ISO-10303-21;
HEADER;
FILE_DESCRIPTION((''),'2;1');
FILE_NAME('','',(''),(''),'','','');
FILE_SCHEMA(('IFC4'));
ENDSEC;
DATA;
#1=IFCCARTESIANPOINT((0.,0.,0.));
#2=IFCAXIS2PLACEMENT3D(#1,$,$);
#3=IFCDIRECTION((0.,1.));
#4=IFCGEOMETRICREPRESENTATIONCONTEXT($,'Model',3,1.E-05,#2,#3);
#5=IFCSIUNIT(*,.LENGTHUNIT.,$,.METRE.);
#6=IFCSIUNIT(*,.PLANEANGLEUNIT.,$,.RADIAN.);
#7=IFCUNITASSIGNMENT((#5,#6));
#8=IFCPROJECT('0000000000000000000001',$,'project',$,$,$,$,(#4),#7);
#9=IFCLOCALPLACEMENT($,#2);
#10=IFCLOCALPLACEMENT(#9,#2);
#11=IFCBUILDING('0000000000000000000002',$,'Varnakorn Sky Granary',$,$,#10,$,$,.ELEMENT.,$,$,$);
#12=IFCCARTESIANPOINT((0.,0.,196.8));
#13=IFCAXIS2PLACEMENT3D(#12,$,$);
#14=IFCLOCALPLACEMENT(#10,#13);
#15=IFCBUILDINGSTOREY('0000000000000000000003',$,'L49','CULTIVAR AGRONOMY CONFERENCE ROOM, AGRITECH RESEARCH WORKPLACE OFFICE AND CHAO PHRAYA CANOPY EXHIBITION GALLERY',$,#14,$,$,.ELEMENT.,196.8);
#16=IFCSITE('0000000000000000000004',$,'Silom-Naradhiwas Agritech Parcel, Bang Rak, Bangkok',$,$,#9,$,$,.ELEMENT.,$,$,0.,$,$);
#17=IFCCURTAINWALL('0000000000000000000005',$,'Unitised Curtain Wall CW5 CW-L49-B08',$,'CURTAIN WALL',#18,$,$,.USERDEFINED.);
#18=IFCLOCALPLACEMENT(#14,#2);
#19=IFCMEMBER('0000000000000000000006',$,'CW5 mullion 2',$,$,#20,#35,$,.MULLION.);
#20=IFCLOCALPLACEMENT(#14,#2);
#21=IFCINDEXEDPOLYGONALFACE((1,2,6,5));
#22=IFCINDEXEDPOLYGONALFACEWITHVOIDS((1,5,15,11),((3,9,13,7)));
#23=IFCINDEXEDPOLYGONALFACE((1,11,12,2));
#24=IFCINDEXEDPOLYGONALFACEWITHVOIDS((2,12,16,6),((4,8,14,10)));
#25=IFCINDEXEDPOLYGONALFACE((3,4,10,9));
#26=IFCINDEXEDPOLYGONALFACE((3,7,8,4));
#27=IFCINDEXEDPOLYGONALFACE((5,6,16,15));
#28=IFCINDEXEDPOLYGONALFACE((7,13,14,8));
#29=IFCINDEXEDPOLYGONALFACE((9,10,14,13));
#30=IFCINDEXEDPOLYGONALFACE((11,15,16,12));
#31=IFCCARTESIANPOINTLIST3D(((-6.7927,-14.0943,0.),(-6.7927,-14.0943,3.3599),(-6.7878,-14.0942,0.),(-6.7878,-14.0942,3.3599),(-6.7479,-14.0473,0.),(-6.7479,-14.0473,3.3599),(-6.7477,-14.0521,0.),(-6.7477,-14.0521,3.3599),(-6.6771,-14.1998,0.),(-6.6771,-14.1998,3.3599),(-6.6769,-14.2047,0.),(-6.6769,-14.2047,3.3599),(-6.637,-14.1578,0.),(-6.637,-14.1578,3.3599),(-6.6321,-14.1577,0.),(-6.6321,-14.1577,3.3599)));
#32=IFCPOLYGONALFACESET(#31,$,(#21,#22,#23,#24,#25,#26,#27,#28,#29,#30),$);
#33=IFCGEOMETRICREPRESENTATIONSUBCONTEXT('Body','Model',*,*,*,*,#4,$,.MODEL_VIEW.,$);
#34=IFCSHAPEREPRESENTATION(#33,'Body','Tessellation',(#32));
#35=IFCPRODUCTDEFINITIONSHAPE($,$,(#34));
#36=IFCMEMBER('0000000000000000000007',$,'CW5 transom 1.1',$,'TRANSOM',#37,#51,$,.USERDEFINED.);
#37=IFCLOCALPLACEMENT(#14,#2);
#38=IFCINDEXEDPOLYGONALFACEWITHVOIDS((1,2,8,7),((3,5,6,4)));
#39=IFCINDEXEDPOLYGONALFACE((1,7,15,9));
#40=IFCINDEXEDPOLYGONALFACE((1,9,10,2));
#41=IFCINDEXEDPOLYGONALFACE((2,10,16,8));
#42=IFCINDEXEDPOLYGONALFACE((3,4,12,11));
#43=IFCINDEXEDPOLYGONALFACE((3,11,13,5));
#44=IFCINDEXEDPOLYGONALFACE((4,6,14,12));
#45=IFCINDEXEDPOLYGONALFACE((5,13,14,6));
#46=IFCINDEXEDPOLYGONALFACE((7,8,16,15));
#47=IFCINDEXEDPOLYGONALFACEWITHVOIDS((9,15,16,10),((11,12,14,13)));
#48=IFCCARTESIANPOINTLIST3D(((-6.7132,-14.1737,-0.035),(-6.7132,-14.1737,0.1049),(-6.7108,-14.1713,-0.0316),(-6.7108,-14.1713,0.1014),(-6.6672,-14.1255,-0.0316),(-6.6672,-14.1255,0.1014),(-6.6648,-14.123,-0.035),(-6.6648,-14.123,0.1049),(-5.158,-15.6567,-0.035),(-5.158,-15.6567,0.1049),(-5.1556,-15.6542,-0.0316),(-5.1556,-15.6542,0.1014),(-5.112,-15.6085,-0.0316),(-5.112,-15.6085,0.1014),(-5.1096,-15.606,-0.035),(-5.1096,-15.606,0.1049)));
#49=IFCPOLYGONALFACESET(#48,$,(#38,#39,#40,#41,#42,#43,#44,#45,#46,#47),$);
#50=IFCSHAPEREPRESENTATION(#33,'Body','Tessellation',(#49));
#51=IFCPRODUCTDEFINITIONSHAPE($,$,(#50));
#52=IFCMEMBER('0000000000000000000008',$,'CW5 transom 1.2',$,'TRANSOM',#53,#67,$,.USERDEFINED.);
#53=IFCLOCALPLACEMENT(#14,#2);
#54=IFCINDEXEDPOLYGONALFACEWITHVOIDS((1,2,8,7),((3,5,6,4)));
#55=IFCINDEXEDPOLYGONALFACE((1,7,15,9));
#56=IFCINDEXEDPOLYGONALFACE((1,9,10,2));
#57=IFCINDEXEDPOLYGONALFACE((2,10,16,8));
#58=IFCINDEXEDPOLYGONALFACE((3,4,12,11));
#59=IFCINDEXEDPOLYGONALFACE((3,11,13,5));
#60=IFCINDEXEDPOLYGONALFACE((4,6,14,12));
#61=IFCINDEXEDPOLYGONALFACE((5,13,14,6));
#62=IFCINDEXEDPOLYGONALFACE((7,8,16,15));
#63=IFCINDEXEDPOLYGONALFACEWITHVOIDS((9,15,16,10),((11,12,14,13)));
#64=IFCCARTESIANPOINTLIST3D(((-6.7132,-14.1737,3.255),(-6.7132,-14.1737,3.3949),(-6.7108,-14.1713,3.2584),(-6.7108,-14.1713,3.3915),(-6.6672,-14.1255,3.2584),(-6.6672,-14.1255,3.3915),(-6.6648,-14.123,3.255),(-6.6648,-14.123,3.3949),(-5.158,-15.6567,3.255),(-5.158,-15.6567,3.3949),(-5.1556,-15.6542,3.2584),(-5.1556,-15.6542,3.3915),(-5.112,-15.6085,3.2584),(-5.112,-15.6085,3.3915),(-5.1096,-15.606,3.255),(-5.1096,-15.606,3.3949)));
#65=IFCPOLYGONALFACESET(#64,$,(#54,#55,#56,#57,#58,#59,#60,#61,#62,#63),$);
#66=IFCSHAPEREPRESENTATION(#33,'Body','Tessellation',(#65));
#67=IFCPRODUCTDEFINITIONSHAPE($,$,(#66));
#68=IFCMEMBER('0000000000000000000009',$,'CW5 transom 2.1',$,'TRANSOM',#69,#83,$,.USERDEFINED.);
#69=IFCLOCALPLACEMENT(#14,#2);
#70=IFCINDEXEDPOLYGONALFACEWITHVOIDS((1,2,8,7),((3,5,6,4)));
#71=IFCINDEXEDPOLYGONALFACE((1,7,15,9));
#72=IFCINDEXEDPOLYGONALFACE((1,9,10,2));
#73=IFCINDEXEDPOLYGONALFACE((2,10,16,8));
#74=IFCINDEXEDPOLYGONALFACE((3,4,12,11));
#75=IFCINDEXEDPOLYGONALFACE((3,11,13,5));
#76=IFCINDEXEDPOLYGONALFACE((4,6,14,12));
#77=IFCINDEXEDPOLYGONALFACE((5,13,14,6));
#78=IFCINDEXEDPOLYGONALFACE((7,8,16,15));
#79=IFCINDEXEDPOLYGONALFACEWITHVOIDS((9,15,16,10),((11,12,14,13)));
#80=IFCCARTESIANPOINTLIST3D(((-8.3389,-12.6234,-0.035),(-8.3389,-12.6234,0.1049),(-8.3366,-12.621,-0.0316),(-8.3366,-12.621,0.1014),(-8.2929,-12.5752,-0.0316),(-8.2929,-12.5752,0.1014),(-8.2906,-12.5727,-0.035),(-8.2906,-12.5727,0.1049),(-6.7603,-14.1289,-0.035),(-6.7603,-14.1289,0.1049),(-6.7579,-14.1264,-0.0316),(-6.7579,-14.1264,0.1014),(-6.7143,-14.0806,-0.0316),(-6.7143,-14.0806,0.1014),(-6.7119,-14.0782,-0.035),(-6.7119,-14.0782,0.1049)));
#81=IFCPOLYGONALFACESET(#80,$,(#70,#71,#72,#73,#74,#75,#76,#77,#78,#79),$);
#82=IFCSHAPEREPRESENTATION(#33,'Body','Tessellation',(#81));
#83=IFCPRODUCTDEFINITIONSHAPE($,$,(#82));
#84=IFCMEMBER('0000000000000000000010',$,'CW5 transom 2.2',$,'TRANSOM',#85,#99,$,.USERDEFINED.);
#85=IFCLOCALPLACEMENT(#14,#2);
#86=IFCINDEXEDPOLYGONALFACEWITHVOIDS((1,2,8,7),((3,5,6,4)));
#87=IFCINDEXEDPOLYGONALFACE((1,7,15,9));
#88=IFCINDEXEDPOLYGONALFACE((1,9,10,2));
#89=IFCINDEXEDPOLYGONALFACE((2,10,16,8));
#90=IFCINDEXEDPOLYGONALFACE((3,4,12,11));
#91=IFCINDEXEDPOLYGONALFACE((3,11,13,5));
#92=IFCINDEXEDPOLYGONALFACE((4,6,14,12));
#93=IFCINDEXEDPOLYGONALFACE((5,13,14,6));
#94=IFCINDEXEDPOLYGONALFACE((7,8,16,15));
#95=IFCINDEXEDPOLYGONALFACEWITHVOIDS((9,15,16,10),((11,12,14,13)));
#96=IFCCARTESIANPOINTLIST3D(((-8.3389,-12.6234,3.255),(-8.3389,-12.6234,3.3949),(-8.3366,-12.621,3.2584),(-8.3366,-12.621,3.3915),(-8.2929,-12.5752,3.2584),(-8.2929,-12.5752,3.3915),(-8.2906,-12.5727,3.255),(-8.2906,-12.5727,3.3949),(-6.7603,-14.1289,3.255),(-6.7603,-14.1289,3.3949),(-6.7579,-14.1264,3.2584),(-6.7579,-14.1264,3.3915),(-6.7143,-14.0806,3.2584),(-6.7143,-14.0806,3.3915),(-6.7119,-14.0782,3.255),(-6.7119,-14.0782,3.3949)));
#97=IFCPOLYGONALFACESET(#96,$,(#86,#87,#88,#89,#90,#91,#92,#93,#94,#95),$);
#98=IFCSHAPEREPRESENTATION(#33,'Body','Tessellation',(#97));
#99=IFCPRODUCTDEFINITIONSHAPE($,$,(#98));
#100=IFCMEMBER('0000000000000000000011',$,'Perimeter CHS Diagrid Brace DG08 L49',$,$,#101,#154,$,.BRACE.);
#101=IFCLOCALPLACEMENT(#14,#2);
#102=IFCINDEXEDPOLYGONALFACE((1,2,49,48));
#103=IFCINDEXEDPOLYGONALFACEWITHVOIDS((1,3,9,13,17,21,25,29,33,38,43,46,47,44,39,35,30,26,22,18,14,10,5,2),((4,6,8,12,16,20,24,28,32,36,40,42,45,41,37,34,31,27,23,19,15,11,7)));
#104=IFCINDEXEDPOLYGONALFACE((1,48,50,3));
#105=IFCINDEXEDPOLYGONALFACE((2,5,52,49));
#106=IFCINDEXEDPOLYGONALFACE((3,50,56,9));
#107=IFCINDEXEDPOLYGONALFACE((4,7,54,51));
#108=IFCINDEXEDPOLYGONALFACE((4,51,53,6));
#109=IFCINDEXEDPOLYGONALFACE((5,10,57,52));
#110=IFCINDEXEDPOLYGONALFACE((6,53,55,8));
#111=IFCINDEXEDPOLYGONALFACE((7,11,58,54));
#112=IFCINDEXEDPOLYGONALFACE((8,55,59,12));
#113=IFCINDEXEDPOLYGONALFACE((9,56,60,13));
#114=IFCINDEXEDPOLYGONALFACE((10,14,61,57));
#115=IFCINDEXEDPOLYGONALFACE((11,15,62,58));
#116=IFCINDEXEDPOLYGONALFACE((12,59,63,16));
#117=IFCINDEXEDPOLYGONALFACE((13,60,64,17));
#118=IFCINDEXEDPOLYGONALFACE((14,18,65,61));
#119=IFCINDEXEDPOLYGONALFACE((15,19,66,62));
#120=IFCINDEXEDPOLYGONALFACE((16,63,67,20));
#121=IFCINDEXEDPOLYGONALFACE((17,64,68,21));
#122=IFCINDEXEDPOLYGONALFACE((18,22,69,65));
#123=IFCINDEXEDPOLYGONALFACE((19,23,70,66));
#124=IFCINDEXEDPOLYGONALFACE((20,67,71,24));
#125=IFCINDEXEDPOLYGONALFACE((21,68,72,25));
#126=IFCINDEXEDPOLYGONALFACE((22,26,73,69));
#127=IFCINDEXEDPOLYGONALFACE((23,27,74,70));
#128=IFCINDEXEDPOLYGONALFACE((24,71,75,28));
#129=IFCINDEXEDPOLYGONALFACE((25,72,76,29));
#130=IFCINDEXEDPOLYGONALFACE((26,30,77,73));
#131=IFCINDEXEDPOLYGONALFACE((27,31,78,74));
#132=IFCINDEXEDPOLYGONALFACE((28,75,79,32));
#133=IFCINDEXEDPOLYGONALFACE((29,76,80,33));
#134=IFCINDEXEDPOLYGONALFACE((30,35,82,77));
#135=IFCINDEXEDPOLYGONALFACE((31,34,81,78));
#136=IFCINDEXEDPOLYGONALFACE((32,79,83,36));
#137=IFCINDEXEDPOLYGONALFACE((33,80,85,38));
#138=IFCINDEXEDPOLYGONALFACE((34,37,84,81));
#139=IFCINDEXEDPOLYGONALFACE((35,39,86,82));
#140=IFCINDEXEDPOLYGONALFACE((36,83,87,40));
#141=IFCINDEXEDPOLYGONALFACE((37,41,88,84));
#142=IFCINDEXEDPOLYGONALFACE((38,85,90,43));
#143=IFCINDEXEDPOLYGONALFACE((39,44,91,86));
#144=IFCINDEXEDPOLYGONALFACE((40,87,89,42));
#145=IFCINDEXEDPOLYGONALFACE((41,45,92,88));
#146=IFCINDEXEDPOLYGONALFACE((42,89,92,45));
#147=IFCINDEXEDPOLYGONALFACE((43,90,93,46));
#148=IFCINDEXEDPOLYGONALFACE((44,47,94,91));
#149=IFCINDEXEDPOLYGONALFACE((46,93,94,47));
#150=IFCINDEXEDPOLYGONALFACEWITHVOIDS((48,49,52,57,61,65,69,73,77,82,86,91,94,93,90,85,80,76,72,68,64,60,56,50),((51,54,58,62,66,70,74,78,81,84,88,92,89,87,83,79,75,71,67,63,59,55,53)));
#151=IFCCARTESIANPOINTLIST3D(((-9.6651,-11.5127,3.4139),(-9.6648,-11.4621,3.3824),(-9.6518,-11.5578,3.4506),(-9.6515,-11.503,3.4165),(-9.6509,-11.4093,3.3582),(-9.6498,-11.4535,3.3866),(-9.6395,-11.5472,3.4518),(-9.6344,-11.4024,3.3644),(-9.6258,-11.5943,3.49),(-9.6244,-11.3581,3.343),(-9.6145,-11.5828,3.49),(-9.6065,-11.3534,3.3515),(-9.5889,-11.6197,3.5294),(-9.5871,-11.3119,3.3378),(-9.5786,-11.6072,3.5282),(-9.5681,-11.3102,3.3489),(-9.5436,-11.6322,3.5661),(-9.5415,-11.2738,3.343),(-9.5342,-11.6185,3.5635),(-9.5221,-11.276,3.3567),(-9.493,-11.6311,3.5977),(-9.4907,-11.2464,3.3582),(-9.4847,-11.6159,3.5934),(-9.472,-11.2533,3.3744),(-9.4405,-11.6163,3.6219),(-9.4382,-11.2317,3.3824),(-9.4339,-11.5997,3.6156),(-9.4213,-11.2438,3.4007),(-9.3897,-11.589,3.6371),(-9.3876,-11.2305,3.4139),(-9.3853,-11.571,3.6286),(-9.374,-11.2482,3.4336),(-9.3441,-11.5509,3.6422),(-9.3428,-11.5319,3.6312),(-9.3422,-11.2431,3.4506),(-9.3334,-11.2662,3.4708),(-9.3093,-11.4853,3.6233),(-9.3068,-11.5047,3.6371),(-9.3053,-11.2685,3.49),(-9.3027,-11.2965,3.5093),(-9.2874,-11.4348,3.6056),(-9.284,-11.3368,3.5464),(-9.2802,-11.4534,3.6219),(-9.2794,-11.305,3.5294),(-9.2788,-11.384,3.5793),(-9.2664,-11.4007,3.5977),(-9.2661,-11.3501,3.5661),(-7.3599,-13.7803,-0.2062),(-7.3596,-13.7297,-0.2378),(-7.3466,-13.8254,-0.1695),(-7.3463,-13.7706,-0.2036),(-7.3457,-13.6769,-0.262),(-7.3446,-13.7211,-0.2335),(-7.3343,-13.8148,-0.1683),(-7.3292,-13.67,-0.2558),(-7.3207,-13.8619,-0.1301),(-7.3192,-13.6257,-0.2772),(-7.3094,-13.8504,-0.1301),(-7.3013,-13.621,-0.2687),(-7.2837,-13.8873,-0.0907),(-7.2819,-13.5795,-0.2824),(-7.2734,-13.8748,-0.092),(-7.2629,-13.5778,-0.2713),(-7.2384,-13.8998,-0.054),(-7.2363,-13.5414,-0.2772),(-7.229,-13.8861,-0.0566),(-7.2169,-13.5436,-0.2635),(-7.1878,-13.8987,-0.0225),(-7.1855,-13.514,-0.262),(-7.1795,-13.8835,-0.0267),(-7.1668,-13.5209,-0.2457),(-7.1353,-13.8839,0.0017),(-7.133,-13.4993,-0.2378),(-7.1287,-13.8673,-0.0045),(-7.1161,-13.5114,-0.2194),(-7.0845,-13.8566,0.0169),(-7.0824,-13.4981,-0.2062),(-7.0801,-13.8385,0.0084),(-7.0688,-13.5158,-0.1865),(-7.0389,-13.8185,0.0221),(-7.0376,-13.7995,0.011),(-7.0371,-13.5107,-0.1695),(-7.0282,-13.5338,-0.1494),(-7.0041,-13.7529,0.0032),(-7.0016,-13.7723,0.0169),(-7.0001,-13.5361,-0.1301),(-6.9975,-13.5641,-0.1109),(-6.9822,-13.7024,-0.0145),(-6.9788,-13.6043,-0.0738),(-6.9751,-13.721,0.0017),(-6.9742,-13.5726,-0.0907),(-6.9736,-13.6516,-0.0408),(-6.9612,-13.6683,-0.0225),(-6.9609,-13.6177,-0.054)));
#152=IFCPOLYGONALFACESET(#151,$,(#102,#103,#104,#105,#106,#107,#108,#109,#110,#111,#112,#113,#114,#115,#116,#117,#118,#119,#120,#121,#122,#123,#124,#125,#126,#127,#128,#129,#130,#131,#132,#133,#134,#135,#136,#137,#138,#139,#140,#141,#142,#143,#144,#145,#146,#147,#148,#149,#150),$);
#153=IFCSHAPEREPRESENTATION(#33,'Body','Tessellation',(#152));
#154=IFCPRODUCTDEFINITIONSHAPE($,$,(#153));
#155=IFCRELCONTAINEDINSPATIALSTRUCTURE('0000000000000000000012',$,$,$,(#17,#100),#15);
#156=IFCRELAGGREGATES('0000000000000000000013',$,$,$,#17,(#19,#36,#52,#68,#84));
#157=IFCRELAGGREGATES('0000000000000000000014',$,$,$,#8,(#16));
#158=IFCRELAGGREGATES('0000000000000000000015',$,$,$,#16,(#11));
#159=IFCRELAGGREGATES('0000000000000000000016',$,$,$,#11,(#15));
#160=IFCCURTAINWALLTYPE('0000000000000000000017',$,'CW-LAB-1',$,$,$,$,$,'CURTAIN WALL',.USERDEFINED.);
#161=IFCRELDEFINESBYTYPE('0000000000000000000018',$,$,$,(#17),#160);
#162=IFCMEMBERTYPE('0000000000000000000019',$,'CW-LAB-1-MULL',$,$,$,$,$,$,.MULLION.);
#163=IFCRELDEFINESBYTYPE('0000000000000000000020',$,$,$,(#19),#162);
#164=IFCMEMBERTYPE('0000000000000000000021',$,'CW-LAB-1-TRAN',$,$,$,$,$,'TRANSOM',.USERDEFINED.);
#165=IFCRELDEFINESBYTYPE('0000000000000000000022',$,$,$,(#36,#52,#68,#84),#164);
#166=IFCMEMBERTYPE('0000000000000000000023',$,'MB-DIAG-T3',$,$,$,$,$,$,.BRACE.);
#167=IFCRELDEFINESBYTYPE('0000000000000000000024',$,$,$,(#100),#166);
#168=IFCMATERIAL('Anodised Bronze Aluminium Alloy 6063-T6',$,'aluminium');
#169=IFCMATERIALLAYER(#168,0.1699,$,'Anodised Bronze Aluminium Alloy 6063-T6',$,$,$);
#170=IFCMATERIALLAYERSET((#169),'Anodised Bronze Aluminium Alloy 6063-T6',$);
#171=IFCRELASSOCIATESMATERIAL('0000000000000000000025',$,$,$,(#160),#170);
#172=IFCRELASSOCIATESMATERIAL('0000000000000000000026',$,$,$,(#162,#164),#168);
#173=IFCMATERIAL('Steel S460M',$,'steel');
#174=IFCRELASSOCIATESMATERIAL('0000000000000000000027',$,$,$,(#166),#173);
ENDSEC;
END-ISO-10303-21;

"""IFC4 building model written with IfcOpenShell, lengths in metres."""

from ifc_helpers import new_model, si_unit, direction, frame, origin, origin_2d, place, context, subcontext, project, spatial, hollow_rectangle, hollow_circle, extrude, material, layer, layer_set, material_profile, profile_set, type_object, element, aggregate, save


model = new_model("IFC4")

# Units and contexts
model_context = context("Model", 3, precision=1e-05, world=origin(), true_north=direction((0.0, 1.0)))
body_context = subcontext(model_context, "Body", "Model", "MODEL_VIEW")
ifc_project = project(units=[si_unit("LENGTHUNIT", "METRE"), si_unit("PLANEANGLEUNIT", "RADIAN")], contexts=[model_context])

# Site, building, storey
site_placement = place(None, origin())
site = spatial("IfcSite", under=ifc_project, at=site_placement, Name="Silom-Naradhiwas Agritech Parcel, Bang Rak, Bangkok", CompositionType="ELEMENT", RefElevation=0.0)
building_placement = place(site_placement, origin())
building = spatial("IfcBuilding", under=site, at=building_placement, Name="Varnakorn Sky Granary", CompositionType="ELEMENT")
storey_placement = place(building_placement, frame((0.0, 0.0, 196.8)))
storey = spatial("IfcBuildingStorey", under=building, at=storey_placement, Name="L49", Description="CULTIVAR AGRONOMY CONFERENCE ROOM, AGRITECH RESEARCH WORKPLACE OFFICE AND CHAO PHRAYA CANOPY EXHIBITION GALLERY", CompositionType="ELEMENT", Elevation=196.8)

# Shared definitions
ifc_material_1 = material(Name="Steel S460M", Category="steel")

# Curtain wall, members
ifc_material_2 = material(Name="Anodised Bronze Aluminium Alloy 6063-T6", Category="aluminium")
ifc_layer_1 = layer(ifc_material_2, 0.1699, Name="Anodised Bronze Aluminium Alloy 6063-T6")
ifc_layer_set_1 = layer_set([ifc_layer_1], Name="Anodised Bronze Aluminium Alloy 6063-T6")
curtain_wall_type = type_object("IfcCurtainWallType", Name="CW-LAB-1", ElementType="CURTAIN WALL", PredefinedType="USERDEFINED", material=ifc_layer_set_1)
curtain_wall_placement = place(storey_placement, origin())
curtain_wall = element("IfcCurtainWall", 1, at=curtain_wall_placement, inside=storey, type_object=curtain_wall_type, Name="Unitised Curtain Wall CW5 CW-L49-B08", ObjectType="CURTAIN WALL", PredefinedType="USERDEFINED")
ifc_material_profile_1 = material_profile(ifc_material_2, hollow_rectangle(XDim=0.0649, YDim=0.1599, WallThickness=0.0034, at=origin_2d()), Name="ALU MULL 65x160")
ifc_profile_set_1 = profile_set([ifc_material_profile_1], Name="Anodised Bronze Aluminium Alloy 6063-T6")
member_type_1 = type_object("IfcMemberType", Name="CW-LAB-1-MULL", PredefinedType="MULLION", material=ifc_profile_set_1)
member_1_placement = place(storey_placement, frame((-6.7124, -14.126, 0.0), z_axis=(0.0, 0.0, 1.0), x_axis=(-0.690097, -0.723717, 0.0)))
member_1 = element("IfcMember", 2, at=member_1_placement, type_object=member_type_1, Name="CW5 mullion 2", PredefinedType="MULLION", context=body_context, shape_type="SweptSolid", body=[
    extrude(hollow_rectangle(XDim=0.0649, YDim=0.1599, WallThickness=0.0034, at=origin_2d()), origin(), (0.0, 0.0, 1.0), 3.3599),
])
ifc_material_profile_2 = material_profile(ifc_material_2, hollow_rectangle(XDim=0.0701, YDim=0.1399, WallThickness=0.0034, at=origin_2d()), Name="ALU TRAN 70x140")
ifc_profile_set_2 = profile_set([ifc_material_profile_2], Name="Anodised Bronze Aluminium Alloy 6063-T6")
member_type_2 = type_object("IfcMemberType", Name="CW-LAB-1-TRAN", ElementType="TRANSOM", PredefinedType="USERDEFINED", material=ifc_profile_set_2)
member_2_placement = place(storey_placement, frame((-5.1338, -15.6313, 0.0349), z_axis=(-0.723722, 0.690092, 0.0), x_axis=(-0.690092, -0.723722, 0.0)))
member_2 = element("IfcMember", 3, at=member_2_placement, type_object=member_type_2, Name="CW5 transom 1.1", ObjectType="TRANSOM", PredefinedType="USERDEFINED", context=body_context, shape_type="SweptSolid", body=[
    extrude(hollow_rectangle(XDim=0.0701, YDim=0.1399, WallThickness=0.0034, at=origin_2d()), origin(), (0.0, 0.0, 1.0), 2.1489),
])
member_3_placement = place(storey_placement, frame((-5.1338, -15.6313, 3.325), z_axis=(-0.723722, 0.690092, 0.0), x_axis=(-0.690092, -0.723722, 0.0)))
member_3 = element("IfcMember", 4, at=member_3_placement, type_object=member_type_2, Name="CW5 transom 1.2", ObjectType="TRANSOM", PredefinedType="USERDEFINED", context=body_context, shape_type="SweptSolid", body=[
    extrude(hollow_rectangle(XDim=0.0701, YDim=0.1399, WallThickness=0.0034, at=origin_2d()), origin(), (0.0, 0.0, 1.0), 2.1489),
])
member_4_placement = place(storey_placement, frame((-6.7361, -14.1035, 0.0349), z_axis=(-0.723696, 0.690119, 0.0), x_axis=(-0.690119, -0.723696, 0.0)))
member_4 = element("IfcMember", 5, at=member_4_placement, type_object=member_type_2, Name="CW5 transom 2.1", ObjectType="TRANSOM", PredefinedType="USERDEFINED", context=body_context, shape_type="SweptSolid", body=[
    extrude(hollow_rectangle(XDim=0.0701, YDim=0.1399, WallThickness=0.0034, at=origin_2d()), origin(), (0.0, 0.0, 1.0), 2.1814),
])
member_5_placement = place(storey_placement, frame((-6.7361, -14.1035, 3.325), z_axis=(-0.723696, 0.690119, 0.0), x_axis=(-0.690119, -0.723696, 0.0)))
member_5 = element("IfcMember", 6, at=member_5_placement, type_object=member_type_2, Name="CW5 transom 2.2", ObjectType="TRANSOM", PredefinedType="USERDEFINED", context=body_context, shape_type="SweptSolid", body=[
    extrude(hollow_rectangle(XDim=0.0701, YDim=0.1399, WallThickness=0.0034, at=origin_2d()), origin(), (0.0, 0.0, 1.0), 2.1814),
])

# Member
ifc_material_profile_3 = material_profile(ifc_material_1, hollow_circle(Radius=0.2285, WallThickness=0.0161, at=origin_2d()), Name="CHS 457x16")
ifc_profile_set_3 = profile_set([ifc_material_profile_3], Name="Steel S460M")
member_type_3 = type_object("IfcMemberType", Name="MB-DIAG-T3", PredefinedType="BRACE", material=ifc_profile_set_3)
member_6_placement = place(storey_placement, frame((-7.1604, -13.699, -0.1301), z_axis=(-0.474906, 0.46716, 0.745806), x_axis=(-0.701269, -0.712897, 0.0)))
element("IfcMember", 7, at=member_6_placement, inside=storey, type_object=member_type_3, Name="Perimeter CHS Diagrid Brace DG08 L49", PredefinedType="BRACE", context=body_context, shape_type="SweptSolid", body=[
    extrude(hollow_circle(Radius=0.2285, WallThickness=0.0161, at=origin_2d()), origin(), (0.0, 0.0, 1.0), 4.854),
])

aggregate(curtain_wall, [member_1, member_2, member_3, member_4, member_5])

save(model, "model.ifc")
